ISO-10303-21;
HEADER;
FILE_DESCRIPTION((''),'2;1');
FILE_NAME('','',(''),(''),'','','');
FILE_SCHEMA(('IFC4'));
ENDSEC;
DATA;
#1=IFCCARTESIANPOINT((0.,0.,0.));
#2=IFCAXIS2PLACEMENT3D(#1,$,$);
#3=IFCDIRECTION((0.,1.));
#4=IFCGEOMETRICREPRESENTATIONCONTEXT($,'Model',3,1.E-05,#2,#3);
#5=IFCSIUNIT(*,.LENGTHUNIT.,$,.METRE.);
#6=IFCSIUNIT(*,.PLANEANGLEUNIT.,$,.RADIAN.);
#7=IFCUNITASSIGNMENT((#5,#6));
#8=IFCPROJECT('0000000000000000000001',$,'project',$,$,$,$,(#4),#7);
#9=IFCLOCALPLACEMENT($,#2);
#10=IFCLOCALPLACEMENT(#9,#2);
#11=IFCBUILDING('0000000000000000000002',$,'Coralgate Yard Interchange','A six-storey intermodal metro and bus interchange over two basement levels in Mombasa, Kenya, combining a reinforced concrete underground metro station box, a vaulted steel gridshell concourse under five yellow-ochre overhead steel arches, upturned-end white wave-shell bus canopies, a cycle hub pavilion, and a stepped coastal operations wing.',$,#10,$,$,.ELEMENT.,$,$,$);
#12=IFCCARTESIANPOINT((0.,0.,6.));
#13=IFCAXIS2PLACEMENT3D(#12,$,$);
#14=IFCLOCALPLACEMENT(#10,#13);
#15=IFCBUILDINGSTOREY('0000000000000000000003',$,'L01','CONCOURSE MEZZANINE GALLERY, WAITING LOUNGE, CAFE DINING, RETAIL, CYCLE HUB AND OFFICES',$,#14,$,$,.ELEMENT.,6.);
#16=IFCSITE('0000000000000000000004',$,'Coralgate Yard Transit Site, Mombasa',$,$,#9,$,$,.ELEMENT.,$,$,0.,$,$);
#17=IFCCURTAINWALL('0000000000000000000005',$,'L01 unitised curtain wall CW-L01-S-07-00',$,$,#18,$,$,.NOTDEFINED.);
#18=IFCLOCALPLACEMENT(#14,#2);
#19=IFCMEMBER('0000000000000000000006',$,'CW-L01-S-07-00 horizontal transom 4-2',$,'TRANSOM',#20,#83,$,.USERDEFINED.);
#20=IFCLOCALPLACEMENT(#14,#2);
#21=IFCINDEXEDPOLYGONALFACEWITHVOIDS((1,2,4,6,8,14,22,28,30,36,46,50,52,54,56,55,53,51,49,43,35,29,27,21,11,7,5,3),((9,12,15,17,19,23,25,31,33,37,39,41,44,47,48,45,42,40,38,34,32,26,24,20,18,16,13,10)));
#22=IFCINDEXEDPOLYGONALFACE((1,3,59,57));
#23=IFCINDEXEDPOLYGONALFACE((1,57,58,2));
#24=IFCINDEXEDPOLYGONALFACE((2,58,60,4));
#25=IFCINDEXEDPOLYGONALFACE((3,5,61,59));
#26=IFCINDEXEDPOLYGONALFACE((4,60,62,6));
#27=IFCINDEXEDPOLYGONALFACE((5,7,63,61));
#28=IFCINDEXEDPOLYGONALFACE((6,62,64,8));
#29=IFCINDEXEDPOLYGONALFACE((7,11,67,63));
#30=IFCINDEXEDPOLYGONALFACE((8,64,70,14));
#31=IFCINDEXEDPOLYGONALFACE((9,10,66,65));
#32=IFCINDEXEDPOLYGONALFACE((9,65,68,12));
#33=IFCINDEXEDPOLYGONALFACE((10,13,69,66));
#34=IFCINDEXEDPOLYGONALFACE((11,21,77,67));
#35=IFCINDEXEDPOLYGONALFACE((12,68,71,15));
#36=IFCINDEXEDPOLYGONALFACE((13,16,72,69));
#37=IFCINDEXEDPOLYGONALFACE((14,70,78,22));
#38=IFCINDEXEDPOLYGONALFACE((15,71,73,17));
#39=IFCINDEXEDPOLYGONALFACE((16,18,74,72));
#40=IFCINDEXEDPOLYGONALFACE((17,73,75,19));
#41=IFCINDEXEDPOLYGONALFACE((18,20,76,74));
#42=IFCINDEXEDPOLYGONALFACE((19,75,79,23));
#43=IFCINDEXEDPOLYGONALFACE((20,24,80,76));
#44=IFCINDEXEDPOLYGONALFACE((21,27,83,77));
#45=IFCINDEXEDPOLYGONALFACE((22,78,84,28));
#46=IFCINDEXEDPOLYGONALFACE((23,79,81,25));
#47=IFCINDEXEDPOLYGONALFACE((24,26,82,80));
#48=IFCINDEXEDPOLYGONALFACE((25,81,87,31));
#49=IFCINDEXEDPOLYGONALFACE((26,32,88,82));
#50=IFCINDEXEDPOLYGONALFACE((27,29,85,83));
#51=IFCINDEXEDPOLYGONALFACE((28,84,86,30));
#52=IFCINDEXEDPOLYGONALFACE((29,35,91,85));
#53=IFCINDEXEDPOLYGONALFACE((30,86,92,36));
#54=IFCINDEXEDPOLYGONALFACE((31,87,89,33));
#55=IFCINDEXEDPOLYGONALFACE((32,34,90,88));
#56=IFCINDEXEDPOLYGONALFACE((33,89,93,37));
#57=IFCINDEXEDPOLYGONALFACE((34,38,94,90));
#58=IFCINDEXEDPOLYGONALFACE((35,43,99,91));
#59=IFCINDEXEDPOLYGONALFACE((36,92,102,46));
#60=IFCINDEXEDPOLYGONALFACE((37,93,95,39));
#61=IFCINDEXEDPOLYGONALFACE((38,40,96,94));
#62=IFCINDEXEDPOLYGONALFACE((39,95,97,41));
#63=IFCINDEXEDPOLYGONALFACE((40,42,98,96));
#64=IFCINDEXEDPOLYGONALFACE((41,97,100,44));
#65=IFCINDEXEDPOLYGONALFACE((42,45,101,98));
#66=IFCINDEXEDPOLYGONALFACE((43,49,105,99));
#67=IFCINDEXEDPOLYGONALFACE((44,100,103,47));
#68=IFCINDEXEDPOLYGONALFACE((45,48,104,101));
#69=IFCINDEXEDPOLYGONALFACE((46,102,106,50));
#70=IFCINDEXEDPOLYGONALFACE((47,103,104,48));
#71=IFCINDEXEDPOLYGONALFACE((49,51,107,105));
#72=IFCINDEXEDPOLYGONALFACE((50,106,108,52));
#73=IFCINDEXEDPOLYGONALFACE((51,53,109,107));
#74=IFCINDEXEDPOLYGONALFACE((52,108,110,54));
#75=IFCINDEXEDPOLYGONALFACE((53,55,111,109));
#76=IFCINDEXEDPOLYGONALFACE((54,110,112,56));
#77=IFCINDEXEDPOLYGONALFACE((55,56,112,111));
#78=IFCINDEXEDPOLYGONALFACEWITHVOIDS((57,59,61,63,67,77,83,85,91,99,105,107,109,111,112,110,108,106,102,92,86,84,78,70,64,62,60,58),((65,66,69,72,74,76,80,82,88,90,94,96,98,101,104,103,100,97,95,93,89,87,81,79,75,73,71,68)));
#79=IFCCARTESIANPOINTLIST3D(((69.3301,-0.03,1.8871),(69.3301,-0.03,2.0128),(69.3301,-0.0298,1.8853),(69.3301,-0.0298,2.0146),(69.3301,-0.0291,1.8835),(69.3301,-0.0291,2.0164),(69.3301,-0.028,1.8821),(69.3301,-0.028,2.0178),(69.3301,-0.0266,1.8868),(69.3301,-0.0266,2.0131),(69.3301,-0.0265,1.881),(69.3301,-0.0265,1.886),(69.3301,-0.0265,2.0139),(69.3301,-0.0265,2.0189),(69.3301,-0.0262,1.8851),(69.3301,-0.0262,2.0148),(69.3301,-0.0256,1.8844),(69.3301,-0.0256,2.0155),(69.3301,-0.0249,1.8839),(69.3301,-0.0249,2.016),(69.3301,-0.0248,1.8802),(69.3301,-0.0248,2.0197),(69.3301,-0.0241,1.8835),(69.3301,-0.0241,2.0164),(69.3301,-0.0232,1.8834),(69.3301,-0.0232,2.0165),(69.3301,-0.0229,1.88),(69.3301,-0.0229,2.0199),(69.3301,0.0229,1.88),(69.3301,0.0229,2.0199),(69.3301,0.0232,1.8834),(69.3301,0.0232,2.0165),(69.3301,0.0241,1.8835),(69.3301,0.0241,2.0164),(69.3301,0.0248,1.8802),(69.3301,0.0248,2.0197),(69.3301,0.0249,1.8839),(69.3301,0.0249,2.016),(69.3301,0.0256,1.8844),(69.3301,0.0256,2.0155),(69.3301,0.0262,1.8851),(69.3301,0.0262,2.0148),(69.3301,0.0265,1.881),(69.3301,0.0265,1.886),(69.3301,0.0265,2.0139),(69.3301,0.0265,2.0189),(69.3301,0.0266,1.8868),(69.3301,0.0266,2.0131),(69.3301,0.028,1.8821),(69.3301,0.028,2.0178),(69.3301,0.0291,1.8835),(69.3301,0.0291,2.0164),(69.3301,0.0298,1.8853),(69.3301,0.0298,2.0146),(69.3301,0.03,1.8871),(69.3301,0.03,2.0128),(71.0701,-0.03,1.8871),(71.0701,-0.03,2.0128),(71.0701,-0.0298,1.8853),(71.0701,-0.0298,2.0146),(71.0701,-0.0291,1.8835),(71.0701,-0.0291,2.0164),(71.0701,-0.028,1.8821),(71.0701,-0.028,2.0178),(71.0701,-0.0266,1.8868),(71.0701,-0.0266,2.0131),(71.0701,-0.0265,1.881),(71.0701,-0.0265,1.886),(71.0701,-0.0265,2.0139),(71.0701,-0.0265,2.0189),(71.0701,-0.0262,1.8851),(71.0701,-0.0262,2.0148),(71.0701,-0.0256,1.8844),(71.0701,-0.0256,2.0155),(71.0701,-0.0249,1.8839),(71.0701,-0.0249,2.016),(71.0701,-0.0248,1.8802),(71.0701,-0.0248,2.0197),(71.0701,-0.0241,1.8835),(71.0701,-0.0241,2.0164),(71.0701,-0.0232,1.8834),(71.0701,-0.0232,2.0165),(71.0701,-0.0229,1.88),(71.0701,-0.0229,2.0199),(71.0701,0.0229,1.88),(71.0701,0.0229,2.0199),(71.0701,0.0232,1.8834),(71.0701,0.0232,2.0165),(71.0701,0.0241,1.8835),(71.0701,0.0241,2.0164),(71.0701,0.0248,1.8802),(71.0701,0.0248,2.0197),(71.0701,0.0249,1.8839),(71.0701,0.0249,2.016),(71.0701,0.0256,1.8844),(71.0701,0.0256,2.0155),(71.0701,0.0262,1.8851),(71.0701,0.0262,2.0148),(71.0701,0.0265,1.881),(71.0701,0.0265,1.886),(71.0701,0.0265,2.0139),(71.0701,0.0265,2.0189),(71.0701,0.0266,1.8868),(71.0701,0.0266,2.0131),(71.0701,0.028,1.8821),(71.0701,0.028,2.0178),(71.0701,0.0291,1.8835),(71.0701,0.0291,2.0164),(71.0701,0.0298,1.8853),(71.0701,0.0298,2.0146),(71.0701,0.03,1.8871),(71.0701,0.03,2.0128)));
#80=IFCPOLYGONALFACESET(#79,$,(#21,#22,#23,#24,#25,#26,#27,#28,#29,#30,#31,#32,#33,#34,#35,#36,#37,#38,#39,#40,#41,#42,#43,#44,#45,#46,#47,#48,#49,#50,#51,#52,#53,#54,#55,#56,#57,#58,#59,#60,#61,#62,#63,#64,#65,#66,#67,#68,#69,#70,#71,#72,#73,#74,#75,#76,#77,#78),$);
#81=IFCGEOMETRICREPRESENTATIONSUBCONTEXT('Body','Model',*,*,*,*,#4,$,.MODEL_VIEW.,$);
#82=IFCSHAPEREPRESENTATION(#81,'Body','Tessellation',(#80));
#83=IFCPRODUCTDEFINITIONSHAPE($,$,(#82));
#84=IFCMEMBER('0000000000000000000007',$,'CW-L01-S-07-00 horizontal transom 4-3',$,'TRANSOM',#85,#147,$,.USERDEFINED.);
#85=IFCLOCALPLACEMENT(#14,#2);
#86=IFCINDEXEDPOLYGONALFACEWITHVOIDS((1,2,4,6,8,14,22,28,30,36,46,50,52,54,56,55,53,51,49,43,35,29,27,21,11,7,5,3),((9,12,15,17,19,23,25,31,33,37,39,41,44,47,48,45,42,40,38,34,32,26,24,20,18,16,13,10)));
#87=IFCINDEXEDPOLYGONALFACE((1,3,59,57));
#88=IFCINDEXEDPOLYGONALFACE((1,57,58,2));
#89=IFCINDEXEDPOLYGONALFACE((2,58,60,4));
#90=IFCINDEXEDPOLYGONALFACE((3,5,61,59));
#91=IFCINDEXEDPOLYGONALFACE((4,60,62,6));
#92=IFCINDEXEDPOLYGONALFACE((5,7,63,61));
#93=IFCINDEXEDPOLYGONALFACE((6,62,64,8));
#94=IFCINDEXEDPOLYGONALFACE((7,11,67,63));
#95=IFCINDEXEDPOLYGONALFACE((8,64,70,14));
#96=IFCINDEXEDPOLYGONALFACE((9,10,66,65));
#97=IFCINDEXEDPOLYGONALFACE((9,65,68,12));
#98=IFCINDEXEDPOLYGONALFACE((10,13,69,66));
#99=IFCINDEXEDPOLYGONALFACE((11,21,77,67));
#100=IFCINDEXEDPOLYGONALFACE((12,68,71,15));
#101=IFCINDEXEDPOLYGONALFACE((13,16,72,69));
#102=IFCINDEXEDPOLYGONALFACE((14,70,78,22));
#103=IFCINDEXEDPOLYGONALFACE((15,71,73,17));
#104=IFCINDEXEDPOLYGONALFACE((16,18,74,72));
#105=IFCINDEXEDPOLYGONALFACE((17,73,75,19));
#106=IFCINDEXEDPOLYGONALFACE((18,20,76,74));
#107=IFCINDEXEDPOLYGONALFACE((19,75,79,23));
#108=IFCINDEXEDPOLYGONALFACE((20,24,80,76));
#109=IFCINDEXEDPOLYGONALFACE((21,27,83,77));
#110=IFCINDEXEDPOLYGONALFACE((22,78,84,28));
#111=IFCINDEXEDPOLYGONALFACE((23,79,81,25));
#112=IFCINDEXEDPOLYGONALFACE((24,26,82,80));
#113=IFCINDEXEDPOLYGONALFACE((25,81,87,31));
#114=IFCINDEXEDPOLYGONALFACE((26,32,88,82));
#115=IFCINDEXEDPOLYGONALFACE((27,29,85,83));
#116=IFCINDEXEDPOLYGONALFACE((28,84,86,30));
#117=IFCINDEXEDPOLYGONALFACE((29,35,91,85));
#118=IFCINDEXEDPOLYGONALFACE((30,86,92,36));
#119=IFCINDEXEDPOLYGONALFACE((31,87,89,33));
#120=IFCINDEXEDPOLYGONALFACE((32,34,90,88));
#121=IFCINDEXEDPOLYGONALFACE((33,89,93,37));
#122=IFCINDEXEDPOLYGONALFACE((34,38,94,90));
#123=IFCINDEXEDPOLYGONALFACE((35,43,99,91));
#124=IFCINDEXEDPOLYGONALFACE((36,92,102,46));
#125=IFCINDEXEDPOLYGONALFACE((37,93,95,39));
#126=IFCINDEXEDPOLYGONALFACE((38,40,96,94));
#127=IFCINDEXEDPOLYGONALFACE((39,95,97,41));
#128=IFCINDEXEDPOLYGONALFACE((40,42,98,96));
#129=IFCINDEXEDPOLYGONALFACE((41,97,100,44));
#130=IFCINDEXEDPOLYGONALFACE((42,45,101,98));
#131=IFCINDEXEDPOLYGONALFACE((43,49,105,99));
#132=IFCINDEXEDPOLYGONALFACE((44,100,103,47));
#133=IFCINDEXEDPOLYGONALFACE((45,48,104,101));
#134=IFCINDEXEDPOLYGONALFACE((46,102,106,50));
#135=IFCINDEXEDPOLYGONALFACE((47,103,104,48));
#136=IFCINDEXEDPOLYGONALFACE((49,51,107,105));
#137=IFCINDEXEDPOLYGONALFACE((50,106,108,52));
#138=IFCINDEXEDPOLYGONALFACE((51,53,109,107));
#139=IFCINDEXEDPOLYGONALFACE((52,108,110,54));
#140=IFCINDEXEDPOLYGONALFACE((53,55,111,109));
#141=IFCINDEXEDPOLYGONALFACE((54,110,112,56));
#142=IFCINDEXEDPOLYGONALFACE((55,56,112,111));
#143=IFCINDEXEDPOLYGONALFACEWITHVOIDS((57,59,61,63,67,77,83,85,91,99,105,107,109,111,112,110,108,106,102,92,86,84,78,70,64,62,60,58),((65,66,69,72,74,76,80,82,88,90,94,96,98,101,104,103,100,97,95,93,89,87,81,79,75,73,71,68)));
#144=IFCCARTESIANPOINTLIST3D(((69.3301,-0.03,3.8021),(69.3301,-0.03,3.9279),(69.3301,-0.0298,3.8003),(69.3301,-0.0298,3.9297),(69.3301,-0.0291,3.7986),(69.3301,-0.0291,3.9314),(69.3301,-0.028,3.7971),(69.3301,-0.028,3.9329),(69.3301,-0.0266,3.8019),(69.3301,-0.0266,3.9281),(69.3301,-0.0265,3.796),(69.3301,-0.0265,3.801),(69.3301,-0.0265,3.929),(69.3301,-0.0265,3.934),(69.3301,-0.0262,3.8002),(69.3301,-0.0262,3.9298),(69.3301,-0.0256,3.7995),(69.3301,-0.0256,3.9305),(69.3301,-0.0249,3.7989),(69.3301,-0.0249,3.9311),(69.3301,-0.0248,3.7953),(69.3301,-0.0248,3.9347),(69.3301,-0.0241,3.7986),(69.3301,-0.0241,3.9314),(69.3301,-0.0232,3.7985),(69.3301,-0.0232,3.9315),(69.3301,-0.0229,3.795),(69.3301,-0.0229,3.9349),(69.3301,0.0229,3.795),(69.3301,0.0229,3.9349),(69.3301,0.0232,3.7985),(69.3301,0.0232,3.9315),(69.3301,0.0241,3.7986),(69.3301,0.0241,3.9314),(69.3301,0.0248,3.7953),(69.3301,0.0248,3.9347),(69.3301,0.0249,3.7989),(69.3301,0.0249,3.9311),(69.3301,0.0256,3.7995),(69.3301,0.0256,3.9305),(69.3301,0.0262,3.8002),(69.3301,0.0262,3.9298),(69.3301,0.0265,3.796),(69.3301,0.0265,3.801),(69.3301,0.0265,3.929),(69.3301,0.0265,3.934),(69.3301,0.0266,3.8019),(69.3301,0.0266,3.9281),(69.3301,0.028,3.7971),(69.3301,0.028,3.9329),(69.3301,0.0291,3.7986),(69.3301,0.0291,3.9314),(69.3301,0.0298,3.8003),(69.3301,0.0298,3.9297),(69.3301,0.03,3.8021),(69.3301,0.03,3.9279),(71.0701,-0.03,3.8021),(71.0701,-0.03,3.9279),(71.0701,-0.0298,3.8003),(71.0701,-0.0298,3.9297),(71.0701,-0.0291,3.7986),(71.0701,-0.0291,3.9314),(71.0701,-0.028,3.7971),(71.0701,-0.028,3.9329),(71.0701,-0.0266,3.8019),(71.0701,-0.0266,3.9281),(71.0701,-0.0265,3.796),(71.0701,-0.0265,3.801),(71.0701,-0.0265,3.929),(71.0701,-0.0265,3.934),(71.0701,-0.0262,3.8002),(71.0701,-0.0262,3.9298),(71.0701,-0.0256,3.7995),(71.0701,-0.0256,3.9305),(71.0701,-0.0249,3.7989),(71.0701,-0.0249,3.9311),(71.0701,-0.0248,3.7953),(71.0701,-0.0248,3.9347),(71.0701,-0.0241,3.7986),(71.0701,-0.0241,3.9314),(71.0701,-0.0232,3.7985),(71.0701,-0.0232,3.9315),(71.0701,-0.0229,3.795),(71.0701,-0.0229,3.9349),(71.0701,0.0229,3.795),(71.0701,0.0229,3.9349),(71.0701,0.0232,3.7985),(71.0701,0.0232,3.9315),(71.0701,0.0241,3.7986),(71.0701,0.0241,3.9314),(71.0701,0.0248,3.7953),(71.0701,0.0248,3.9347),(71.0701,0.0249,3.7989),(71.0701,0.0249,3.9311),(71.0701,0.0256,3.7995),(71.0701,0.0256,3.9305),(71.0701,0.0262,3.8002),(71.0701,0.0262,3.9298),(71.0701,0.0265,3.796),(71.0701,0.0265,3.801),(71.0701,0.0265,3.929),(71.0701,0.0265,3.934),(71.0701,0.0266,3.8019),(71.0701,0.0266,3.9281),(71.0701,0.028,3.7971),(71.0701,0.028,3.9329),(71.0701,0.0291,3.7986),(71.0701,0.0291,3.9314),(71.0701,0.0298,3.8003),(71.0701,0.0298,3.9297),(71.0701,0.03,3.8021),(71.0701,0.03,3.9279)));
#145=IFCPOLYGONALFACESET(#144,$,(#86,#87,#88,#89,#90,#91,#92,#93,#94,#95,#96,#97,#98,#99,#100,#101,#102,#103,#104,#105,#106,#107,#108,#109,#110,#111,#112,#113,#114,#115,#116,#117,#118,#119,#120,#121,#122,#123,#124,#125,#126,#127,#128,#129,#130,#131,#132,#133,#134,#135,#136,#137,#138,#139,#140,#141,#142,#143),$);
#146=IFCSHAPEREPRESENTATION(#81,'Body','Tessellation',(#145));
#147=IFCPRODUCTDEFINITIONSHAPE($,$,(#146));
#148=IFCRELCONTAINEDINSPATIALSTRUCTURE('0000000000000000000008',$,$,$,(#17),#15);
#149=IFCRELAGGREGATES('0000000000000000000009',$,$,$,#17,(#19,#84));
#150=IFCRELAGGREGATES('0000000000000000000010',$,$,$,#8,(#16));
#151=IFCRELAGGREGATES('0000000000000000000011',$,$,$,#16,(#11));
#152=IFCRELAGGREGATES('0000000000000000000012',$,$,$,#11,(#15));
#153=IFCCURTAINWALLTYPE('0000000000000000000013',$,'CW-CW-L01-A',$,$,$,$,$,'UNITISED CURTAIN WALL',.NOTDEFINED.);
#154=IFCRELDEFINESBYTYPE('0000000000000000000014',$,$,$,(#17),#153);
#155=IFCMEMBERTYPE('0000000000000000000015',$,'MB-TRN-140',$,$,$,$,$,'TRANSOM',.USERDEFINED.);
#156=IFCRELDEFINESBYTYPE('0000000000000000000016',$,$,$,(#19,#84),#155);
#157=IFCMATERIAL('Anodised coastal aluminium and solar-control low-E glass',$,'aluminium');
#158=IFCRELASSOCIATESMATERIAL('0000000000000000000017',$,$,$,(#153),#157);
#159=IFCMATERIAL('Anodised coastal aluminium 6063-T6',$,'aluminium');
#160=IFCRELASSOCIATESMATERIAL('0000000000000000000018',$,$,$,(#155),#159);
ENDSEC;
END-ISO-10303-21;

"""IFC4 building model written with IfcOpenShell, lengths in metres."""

from ifc_helpers import new_model, si_unit, direction, frame, origin, origin_2d, place, context, subcontext, project, spatial, hollow_rectangle, extrude, material, material_profile, profile_set, type_object, element, aggregate, save


model = new_model("IFC4")

# Units and contexts
model_context = context("Model", 3, precision=1e-05, world=origin(), true_north=direction((0.0, 1.0)))
body_context = subcontext(model_context, "Body", "Model", "MODEL_VIEW")
ifc_project = project(units=[si_unit("LENGTHUNIT", "METRE"), si_unit("PLANEANGLEUNIT", "RADIAN")], contexts=[model_context])

# Site, building, storey
site_placement = place(None, origin())
site = spatial("IfcSite", under=ifc_project, at=site_placement, Name="Coralgate Yard Transit Site, Mombasa", CompositionType="ELEMENT", RefElevation=0.0)
building_placement = place(site_placement, origin())
building = spatial("IfcBuilding", under=site, at=building_placement, Name="Coralgate Yard Interchange", Description="A six-storey intermodal metro and bus interchange over two basement levels in Mombasa, Kenya, combining a reinforced concrete underground metro station box, a vaulted steel gridshell concourse under five yellow-ochre overhead steel arches, upturned-end white wave-shell bus canopies, a cycle hub pavilion, and a stepped coastal operations wing.", CompositionType="ELEMENT")
storey_placement = place(building_placement, frame((0.0, 0.0, 6.0)))
storey = spatial("IfcBuildingStorey", under=building, at=storey_placement, Name="L01", Description="CONCOURSE MEZZANINE GALLERY, WAITING LOUNGE, CAFE DINING, RETAIL, CYCLE HUB AND OFFICES", CompositionType="ELEMENT", Elevation=6.0)

# Shared definitions
ifc_material_1 = material(Name="Anodised coastal aluminium and solar-control low-E glass", Category="aluminium")
curtain_wall_type = type_object("IfcCurtainWallType", Name="CW-CW-L01-A", ElementType="UNITISED CURTAIN WALL", PredefinedType="NOTDEFINED", material=ifc_material_1)
ifc_material_2 = material(Name="Anodised coastal aluminium 6063-T6", Category="aluminium")

# Curtain wall
curtain_wall_1_placement = place(storey_placement, origin())
curtain_wall_1 = element("IfcCurtainWall", 1, at=curtain_wall_1_placement, inside=storey, type_object=curtain_wall_type, Name="L01 unitised curtain wall CW-L01-S-07-00", PredefinedType="NOTDEFINED")

# Members
ifc_material_profile_1 = material_profile(ifc_material_2, hollow_rectangle(XDim=0.0601, YDim=0.1399, WallThickness=0.0034, InnerFilletRadius=0.0034, OuterFilletRadius=0.0071, at=origin_2d()), Name="ALU 60x140x3.5")
ifc_profile_set_1 = profile_set([ifc_material_profile_1], Name="Anodised coastal aluminium 6063-T6")
member_type_1 = type_object("IfcMemberType", Name="MB-TRN-140", ElementType="TRANSOM", PredefinedType="USERDEFINED", material=ifc_profile_set_1)
member_1_placement = place(storey_placement, frame((71.0701, 0.0, 1.95), z_axis=(-1.0, 0.0, 0.0), x_axis=(0.0, -1.0, 0.0)))
member_1 = element("IfcMember", 2, at=member_1_placement, type_object=member_type_1, Name="CW-L01-S-07-00 horizontal transom 4-2", ObjectType="TRANSOM", PredefinedType="USERDEFINED", context=body_context, shape_type="SweptSolid", body=[
    extrude(hollow_rectangle(XDim=0.0601, YDim=0.1399, WallThickness=0.0034, InnerFilletRadius=0.0034, OuterFilletRadius=0.0071, at=origin_2d()), origin(), (0.0, 0.0, 1.0), 1.74),
])
member_2_placement = place(storey_placement, frame((71.0701, 0.0, 3.865), z_axis=(-1.0, 0.0, 0.0), x_axis=(0.0, -1.0, 0.0)))
member_2 = element("IfcMember", 3, at=member_2_placement, type_object=member_type_1, Name="CW-L01-S-07-00 horizontal transom 4-3", ObjectType="TRANSOM", PredefinedType="USERDEFINED", context=body_context, shape_type="SweptSolid", body=[
    extrude(hollow_rectangle(XDim=0.0601, YDim=0.1399, WallThickness=0.0034, InnerFilletRadius=0.0034, OuterFilletRadius=0.0071, at=origin_2d()), origin(), (0.0, 0.0, 1.0), 1.74),
])

aggregate(curtain_wall_1, [member_1, member_2])

save(model, "model.ifc")
